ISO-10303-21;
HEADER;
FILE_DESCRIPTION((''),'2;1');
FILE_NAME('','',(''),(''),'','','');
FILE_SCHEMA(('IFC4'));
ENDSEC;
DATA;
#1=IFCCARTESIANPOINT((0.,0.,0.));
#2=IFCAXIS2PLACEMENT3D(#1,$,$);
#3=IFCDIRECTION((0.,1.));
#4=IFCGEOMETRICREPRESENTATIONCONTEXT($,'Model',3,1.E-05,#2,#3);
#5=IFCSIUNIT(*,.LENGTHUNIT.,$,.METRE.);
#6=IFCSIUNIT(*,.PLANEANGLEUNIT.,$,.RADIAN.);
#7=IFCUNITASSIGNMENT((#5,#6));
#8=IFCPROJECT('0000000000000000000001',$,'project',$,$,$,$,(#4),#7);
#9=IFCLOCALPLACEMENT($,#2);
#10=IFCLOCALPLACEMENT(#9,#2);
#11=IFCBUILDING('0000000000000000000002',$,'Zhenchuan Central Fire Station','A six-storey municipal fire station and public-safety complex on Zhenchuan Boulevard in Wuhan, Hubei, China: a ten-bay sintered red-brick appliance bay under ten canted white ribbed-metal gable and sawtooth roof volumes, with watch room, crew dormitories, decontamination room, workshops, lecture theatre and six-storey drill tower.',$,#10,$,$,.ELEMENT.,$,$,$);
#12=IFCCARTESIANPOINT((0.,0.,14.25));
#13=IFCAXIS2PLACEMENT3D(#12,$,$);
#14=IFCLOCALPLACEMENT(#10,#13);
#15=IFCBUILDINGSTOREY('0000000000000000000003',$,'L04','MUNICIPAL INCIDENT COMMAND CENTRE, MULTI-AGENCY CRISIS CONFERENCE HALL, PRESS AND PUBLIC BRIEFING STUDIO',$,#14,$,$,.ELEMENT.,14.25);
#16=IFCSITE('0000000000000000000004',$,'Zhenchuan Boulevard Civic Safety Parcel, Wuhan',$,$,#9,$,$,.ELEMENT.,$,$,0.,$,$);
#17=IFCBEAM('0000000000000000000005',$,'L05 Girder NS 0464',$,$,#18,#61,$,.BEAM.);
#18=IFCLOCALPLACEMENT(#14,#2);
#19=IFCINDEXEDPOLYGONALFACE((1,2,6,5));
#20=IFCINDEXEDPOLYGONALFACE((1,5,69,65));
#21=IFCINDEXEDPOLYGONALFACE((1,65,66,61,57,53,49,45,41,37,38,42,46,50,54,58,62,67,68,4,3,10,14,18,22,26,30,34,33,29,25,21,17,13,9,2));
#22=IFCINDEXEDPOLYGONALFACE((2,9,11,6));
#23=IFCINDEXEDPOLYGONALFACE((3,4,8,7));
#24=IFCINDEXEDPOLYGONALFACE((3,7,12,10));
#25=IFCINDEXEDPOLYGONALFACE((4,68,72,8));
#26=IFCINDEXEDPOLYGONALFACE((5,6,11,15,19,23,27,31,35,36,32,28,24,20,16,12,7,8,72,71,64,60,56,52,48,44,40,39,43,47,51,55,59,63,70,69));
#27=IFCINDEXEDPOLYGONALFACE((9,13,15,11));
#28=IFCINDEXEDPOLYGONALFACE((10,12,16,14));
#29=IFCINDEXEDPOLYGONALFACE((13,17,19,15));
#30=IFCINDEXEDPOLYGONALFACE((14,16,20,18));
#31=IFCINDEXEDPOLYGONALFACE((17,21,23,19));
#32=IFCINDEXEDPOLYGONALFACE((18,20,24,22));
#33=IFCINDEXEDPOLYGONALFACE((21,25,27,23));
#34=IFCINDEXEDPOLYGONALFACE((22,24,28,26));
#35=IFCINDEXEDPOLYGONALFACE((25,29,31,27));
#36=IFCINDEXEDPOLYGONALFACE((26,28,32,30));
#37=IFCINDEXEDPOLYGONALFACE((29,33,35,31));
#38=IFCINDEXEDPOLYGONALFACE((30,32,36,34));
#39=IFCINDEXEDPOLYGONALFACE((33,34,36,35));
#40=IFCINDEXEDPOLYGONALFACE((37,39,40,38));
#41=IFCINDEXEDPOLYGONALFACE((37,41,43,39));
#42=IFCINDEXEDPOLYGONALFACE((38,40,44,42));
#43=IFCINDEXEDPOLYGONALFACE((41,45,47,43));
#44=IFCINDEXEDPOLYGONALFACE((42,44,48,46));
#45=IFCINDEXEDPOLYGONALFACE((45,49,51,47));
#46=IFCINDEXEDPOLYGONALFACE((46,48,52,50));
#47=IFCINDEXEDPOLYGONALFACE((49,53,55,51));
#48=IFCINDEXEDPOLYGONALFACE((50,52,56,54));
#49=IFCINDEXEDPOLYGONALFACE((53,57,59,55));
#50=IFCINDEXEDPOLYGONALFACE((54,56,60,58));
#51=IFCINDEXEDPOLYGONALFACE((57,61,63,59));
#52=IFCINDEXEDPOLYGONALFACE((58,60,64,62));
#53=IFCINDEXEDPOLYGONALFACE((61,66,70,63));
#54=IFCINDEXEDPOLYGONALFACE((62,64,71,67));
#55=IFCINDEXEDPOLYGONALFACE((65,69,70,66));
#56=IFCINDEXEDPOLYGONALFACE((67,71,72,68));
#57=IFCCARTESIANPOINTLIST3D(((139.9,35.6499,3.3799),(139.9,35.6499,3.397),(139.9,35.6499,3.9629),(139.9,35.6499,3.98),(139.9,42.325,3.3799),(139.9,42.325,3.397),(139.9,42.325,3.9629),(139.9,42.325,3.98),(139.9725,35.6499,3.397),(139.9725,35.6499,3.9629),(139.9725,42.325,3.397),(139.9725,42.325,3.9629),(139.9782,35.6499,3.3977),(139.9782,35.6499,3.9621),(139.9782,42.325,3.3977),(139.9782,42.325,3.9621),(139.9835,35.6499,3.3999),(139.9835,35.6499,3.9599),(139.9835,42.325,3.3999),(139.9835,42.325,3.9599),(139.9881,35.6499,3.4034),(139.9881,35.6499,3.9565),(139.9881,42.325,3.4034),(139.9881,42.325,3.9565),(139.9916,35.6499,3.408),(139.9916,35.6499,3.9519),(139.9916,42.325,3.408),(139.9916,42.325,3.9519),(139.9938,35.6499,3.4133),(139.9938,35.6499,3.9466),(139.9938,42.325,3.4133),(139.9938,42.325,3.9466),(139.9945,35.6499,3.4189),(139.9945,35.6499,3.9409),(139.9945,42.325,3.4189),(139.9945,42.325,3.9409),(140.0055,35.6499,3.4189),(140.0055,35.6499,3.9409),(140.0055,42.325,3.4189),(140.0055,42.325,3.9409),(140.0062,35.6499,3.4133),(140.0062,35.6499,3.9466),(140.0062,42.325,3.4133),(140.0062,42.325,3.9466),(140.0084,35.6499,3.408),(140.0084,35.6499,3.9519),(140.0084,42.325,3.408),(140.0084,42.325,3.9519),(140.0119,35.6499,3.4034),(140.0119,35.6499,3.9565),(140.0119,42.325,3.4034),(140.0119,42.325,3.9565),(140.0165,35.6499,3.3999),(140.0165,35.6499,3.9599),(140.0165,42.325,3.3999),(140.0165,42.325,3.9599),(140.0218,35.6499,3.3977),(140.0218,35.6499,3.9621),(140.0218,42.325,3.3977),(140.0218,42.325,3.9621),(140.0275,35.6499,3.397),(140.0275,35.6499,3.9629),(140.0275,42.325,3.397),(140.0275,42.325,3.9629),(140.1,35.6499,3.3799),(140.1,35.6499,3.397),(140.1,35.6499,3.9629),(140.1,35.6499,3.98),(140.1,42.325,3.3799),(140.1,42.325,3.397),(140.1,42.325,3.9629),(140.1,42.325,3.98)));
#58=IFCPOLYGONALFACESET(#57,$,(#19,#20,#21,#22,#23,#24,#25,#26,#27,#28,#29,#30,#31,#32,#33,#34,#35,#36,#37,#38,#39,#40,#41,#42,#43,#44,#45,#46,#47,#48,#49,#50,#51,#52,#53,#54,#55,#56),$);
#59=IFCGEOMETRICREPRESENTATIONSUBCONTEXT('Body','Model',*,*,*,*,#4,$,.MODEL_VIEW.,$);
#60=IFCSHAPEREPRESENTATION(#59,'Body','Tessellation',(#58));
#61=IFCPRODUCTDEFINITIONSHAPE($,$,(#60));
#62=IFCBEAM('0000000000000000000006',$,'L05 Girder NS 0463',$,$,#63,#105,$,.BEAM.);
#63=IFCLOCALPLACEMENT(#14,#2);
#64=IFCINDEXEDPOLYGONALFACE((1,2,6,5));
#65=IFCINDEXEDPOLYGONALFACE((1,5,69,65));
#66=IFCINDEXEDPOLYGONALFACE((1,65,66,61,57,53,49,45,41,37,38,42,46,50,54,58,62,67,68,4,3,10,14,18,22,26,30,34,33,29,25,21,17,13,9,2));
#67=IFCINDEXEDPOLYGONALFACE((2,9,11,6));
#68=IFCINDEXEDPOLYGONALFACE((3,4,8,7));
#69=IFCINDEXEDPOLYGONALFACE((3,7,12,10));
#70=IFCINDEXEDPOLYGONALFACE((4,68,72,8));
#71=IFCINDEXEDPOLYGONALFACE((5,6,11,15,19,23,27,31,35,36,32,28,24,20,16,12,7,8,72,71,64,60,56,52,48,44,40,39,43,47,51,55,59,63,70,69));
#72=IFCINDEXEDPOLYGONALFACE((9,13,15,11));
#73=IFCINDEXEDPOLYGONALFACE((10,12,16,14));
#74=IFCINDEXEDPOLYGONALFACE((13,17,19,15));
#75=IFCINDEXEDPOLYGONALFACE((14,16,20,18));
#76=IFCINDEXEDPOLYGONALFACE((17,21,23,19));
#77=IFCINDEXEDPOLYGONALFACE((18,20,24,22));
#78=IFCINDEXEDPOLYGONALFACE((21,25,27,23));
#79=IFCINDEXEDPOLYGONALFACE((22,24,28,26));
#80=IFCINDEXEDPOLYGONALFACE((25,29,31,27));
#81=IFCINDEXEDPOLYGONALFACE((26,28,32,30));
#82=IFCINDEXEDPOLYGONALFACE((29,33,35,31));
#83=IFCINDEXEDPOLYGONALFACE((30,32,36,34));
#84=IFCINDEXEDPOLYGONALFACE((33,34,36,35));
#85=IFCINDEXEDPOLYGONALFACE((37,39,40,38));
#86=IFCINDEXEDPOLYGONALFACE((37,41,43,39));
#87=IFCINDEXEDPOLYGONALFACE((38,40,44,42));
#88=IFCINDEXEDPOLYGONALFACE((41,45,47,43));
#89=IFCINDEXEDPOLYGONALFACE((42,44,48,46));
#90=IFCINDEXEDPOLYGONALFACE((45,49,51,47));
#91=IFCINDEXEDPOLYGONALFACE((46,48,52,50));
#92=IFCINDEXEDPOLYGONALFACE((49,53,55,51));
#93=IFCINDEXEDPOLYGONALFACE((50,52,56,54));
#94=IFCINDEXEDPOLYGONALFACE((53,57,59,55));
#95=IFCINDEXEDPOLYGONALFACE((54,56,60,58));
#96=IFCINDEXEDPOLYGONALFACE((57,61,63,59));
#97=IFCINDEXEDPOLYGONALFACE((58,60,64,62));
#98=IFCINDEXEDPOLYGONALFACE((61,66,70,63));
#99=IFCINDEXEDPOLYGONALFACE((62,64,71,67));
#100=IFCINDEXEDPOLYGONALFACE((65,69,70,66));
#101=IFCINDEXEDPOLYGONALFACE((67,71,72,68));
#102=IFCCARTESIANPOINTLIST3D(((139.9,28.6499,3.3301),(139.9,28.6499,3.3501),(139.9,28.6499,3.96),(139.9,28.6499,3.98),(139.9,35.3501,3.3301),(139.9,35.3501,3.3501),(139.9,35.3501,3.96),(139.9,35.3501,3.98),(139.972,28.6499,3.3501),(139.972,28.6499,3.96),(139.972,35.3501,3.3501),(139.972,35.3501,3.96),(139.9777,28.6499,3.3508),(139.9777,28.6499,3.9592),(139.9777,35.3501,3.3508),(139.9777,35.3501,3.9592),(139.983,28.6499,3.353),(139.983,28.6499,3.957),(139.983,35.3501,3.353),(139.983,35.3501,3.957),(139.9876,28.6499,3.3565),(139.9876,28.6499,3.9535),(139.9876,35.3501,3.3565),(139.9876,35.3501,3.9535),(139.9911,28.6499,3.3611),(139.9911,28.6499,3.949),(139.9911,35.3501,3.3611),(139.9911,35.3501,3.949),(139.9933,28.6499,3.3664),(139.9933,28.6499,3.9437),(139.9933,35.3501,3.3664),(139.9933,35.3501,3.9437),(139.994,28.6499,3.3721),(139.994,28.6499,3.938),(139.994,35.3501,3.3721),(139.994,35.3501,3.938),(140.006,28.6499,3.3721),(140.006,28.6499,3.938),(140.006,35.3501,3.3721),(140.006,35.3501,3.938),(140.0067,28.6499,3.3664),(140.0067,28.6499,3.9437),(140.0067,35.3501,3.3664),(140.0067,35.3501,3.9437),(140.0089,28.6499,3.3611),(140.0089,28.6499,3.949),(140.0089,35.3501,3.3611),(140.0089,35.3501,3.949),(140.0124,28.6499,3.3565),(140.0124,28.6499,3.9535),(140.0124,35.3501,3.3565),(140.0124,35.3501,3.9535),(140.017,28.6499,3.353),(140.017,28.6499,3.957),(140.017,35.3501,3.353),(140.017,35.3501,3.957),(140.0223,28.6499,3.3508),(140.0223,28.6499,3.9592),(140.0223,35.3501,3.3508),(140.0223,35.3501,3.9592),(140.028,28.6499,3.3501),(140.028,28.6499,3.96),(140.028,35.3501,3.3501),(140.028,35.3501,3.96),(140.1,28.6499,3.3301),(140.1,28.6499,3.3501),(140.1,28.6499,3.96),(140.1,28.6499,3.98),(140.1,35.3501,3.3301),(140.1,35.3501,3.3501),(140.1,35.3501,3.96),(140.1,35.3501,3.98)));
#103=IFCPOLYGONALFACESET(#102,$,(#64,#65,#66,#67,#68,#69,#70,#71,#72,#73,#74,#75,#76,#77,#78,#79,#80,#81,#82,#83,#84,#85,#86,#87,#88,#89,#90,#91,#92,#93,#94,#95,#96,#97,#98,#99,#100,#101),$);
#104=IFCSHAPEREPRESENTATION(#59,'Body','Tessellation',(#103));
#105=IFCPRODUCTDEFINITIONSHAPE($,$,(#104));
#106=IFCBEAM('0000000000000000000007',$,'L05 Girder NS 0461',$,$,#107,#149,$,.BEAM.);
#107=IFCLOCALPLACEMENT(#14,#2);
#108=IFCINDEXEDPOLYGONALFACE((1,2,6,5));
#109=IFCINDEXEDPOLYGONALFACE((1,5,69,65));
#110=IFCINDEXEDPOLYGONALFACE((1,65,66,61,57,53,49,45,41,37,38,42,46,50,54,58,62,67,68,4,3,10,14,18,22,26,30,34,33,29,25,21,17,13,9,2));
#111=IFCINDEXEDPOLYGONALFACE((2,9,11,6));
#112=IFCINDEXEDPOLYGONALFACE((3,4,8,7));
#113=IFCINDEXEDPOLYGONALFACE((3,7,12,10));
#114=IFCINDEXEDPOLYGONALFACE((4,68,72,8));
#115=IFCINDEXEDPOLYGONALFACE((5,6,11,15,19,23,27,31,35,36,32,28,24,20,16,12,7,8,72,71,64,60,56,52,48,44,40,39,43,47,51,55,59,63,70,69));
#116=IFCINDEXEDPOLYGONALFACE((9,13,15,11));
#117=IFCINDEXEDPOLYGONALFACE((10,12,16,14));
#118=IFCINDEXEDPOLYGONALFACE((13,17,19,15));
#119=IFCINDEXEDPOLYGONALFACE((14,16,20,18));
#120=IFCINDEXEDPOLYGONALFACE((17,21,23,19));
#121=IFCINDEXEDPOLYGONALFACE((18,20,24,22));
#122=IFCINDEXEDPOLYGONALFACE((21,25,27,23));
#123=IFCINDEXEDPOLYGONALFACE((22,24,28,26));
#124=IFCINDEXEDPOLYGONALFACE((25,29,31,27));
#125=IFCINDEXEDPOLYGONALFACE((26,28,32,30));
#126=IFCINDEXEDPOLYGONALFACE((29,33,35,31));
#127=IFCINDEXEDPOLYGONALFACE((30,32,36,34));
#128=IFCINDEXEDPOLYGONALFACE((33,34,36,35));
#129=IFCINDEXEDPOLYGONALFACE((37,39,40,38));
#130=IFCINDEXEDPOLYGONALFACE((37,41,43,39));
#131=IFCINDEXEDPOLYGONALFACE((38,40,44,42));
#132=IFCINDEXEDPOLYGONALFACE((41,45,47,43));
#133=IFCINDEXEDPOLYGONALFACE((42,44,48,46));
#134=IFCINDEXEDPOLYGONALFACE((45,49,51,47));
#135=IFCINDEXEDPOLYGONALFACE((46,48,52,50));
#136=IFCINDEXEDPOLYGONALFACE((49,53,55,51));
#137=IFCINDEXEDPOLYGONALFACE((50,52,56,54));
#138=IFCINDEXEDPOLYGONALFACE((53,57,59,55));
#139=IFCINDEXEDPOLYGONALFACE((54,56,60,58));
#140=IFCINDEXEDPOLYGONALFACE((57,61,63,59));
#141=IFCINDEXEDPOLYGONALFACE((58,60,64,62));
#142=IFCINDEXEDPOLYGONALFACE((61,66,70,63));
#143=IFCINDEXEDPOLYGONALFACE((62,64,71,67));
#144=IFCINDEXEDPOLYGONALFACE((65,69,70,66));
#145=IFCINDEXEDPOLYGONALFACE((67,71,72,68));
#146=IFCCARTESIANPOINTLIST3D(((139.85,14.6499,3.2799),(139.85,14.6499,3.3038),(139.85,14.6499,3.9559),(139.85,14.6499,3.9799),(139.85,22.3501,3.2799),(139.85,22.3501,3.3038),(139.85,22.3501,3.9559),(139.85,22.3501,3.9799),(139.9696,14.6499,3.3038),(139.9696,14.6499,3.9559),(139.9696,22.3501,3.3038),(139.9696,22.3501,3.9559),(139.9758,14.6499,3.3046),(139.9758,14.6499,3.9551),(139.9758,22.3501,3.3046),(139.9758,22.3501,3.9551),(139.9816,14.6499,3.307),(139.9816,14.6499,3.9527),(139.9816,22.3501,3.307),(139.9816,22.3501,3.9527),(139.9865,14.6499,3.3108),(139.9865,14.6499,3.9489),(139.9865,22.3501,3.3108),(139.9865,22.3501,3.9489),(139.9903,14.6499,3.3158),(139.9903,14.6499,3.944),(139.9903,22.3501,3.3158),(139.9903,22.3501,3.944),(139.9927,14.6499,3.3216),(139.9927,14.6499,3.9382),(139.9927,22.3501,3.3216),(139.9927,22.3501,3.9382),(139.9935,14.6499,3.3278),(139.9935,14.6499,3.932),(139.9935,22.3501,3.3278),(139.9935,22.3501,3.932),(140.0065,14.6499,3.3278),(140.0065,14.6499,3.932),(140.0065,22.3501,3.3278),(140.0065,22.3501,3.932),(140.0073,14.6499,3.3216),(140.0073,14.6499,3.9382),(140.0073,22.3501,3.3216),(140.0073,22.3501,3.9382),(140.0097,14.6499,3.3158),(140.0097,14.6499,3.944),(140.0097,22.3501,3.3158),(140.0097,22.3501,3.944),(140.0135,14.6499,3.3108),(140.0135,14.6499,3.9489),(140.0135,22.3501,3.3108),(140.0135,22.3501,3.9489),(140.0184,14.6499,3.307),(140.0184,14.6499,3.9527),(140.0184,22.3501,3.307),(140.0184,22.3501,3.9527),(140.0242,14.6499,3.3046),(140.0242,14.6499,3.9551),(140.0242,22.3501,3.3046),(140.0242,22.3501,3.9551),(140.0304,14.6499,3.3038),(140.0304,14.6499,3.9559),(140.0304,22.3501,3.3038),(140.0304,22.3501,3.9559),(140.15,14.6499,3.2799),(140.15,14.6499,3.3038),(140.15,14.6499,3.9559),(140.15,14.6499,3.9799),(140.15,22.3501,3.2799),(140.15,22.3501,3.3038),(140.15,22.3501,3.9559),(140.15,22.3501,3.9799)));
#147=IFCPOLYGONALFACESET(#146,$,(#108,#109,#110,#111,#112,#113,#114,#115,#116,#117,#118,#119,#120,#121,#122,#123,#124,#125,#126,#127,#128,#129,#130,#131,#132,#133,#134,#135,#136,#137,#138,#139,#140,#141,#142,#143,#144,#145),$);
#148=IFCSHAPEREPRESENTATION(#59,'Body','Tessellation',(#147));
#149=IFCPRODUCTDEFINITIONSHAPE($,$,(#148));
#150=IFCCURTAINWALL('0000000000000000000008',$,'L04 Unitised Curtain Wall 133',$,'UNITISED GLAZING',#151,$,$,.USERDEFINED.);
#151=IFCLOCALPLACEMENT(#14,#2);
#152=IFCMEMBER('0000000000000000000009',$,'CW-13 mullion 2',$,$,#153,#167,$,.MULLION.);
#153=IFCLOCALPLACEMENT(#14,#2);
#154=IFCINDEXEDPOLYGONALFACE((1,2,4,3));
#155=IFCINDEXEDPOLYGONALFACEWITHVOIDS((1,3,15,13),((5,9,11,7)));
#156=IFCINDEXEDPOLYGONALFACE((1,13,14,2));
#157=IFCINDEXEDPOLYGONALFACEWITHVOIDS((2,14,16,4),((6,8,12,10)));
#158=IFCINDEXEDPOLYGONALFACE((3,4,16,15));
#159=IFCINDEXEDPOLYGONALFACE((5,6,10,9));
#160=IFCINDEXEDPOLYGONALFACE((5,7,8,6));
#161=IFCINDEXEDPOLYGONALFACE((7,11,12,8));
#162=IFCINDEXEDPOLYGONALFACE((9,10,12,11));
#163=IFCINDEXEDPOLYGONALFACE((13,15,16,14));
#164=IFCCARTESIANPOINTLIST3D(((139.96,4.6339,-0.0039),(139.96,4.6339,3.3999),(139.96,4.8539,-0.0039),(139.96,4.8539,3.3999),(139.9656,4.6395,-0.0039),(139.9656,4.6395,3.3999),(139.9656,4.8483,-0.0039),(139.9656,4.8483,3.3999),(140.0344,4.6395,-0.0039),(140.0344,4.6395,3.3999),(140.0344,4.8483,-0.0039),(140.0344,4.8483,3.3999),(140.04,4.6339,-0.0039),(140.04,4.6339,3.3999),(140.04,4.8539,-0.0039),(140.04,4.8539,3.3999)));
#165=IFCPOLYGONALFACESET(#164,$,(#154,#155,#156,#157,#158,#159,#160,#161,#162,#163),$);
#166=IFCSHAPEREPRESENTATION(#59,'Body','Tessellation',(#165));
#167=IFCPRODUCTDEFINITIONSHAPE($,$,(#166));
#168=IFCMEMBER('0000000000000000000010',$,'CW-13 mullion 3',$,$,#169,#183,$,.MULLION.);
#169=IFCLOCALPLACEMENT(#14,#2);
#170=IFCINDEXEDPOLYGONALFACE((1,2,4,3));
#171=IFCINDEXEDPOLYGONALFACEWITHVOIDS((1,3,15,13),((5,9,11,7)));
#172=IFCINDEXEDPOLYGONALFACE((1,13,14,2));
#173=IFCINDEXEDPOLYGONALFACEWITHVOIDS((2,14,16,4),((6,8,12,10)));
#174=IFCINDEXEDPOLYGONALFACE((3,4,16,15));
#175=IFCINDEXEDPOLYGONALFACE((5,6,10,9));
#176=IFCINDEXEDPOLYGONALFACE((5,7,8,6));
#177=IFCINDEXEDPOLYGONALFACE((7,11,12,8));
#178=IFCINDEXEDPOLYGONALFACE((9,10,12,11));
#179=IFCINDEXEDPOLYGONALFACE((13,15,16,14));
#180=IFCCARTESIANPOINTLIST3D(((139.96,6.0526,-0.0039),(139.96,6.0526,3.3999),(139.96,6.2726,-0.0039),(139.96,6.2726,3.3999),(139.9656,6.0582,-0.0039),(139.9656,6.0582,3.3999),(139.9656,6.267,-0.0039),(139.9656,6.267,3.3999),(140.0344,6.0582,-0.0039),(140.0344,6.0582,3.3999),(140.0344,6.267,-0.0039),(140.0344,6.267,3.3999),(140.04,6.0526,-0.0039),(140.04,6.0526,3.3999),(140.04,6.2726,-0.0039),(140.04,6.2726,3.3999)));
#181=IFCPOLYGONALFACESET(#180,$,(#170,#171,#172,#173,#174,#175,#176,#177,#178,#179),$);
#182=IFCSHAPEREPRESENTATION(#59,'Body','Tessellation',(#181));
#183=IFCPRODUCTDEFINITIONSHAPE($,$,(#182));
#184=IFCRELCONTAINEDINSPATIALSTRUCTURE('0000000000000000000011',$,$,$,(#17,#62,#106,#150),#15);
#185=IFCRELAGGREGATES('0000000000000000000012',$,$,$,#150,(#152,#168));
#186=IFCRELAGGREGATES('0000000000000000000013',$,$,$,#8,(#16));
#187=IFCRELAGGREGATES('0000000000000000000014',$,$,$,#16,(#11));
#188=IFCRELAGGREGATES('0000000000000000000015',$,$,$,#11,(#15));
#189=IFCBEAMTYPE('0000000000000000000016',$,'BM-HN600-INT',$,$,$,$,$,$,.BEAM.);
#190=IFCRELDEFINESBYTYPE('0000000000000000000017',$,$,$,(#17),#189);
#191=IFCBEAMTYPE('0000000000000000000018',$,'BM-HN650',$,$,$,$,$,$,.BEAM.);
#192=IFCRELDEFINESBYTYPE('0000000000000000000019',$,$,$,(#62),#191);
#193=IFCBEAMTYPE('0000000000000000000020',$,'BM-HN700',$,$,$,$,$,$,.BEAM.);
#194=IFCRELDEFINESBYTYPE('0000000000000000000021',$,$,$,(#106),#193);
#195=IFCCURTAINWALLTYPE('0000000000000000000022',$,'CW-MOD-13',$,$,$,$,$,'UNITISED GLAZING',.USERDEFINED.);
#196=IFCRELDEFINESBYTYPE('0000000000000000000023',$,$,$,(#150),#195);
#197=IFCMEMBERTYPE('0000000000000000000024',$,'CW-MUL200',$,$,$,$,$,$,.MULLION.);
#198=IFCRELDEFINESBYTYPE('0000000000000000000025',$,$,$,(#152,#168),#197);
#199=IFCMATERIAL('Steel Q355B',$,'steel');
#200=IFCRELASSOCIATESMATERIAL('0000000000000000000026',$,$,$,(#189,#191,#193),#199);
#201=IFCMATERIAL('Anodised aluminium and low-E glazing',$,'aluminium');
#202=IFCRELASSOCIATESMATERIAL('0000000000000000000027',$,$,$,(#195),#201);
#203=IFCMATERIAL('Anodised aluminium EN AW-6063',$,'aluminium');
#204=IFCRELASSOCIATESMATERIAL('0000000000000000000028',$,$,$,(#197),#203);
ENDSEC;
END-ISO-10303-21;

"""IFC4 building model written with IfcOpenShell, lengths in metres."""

from ifc_helpers import new_model, si_unit, direction, frame, origin, origin_2d, place, context, subcontext, project, spatial, hollow_rectangle, i_section, extrude, material, material_profile, profile_set, type_object, element, aggregate, save


model = new_model("IFC4")

# Units and contexts
model_context = context("Model", 3, precision=1e-05, world=origin(), true_north=direction((0.0, 1.0)))
body_context = subcontext(model_context, "Body", "Model", "MODEL_VIEW")
ifc_project = project(units=[si_unit("LENGTHUNIT", "METRE"), si_unit("PLANEANGLEUNIT", "RADIAN")], contexts=[model_context])

# Site, building, storey
site_placement = place(None, origin())
site = spatial("IfcSite", under=ifc_project, at=site_placement, Name="Zhenchuan Boulevard Civic Safety Parcel, Wuhan", CompositionType="ELEMENT", RefElevation=0.0)
building_placement = place(site_placement, origin())
building = spatial("IfcBuilding", under=site, at=building_placement, Name="Zhenchuan Central Fire Station", Description="A six-storey municipal fire station and public-safety complex on Zhenchuan Boulevard in Wuhan, Hubei, China: a ten-bay sintered red-brick appliance bay under ten canted white ribbed-metal gable and sawtooth roof volumes, with watch room, crew dormitories, decontamination room, workshops, lecture theatre and six-storey drill tower.", CompositionType="ELEMENT")
storey_placement = place(building_placement, frame((0.0, 0.0, 14.25)))
storey = spatial("IfcBuildingStorey", under=building, at=storey_placement, Name="L04", Description="MUNICIPAL INCIDENT COMMAND CENTRE, MULTI-AGENCY CRISIS CONFERENCE HALL, PRESS AND PUBLIC BRIEFING STUDIO", CompositionType="ELEMENT", Elevation=14.25)

# Shared definitions
ifc_material_1 = material(Name="Steel Q355B", Category="steel")

# Beams
ifc_material_profile_1 = material_profile(ifc_material_1, i_section(OverallWidth=0.2, OverallDepth=0.6001, WebThickness=0.011, FlangeThickness=0.0171, FilletRadius=0.022, at=origin_2d()), Name="HN 600x200")
ifc_profile_set_1 = profile_set([ifc_material_profile_1], Name="Steel Q355B")
beam_type_1 = type_object("IfcBeamType", Name="BM-HN600-INT", PredefinedType="BEAM", material=ifc_profile_set_1)
beam_1_placement = place(storey_placement, frame((140.0, 35.6499, 3.6799), z_axis=(0.0, 1.0, 0.0), x_axis=(-1.0, 0.0, 0.0)))
element("IfcBeam", 1, at=beam_1_placement, inside=storey, type_object=beam_type_1, Name="L05 Girder NS 0464", PredefinedType="BEAM", context=body_context, shape_type="SweptSolid", body=[
    extrude(i_section(OverallWidth=0.2, OverallDepth=0.6001, WebThickness=0.011, FlangeThickness=0.0171, FilletRadius=0.022, at=origin_2d()), origin(), (0.0, 0.0, 1.0), 6.675),
])
ifc_material_profile_2 = material_profile(ifc_material_1, i_section(OverallWidth=0.2, OverallDepth=0.6499, WebThickness=0.012, FlangeThickness=0.02, FilletRadius=0.022, at=origin_2d()), Name="HN 650x200")
ifc_profile_set_2 = profile_set([ifc_material_profile_2], Name="Steel Q355B")
beam_type_2 = type_object("IfcBeamType", Name="BM-HN650", PredefinedType="BEAM", material=ifc_profile_set_2)
beam_2_placement = place(storey_placement, frame((140.0, 28.6499, 3.655), z_axis=(0.0, 1.0, 0.0), x_axis=(-1.0, 0.0, 0.0)))
element("IfcBeam", 2, at=beam_2_placement, inside=storey, type_object=beam_type_2, Name="L05 Girder NS 0463", PredefinedType="BEAM", context=body_context, shape_type="SweptSolid", body=[
    extrude(i_section(OverallWidth=0.2, OverallDepth=0.6499, WebThickness=0.012, FlangeThickness=0.02, FilletRadius=0.022, at=origin_2d()), origin(), (0.0, 0.0, 1.0), 6.7002),
])
ifc_material_profile_3 = material_profile(ifc_material_1, i_section(OverallWidth=0.3, OverallDepth=0.7, WebThickness=0.0129, FlangeThickness=0.0239, FilletRadius=0.0239, at=origin_2d()), Name="HN 700x300")
ifc_profile_set_3 = profile_set([ifc_material_profile_3], Name="Steel Q355B")
beam_type_3 = type_object("IfcBeamType", Name="BM-HN700", PredefinedType="BEAM", material=ifc_profile_set_3)
beam_3_placement = place(storey_placement, frame((140.0, 14.6499, 3.6299), z_axis=(0.0, 1.0, 0.0), x_axis=(-1.0, 0.0, 0.0)))
element("IfcBeam", 3, at=beam_3_placement, inside=storey, type_object=beam_type_3, Name="L05 Girder NS 0461", PredefinedType="BEAM", context=body_context, shape_type="SweptSolid", body=[
    extrude(i_section(OverallWidth=0.3, OverallDepth=0.7, WebThickness=0.0129, FlangeThickness=0.0239, FilletRadius=0.0239, at=origin_2d()), origin(), (0.0, 0.0, 1.0), 7.7002),
])

# Curtain wall, members
ifc_material_2 = material(Name="Anodised aluminium and low-E glazing", Category="aluminium")
curtain_wall_type = type_object("IfcCurtainWallType", Name="CW-MOD-13", ElementType="UNITISED GLAZING", PredefinedType="USERDEFINED", material=ifc_material_2)
curtain_wall_1_placement = place(storey_placement, origin())
curtain_wall_1 = element("IfcCurtainWall", 4, at=curtain_wall_1_placement, inside=storey, type_object=curtain_wall_type, Name="L04 Unitised Curtain Wall 133", ObjectType="UNITISED GLAZING", PredefinedType="USERDEFINED")
ifc_material_3 = material(Name="Anodised aluminium EN AW-6063", Category="aluminium")
ifc_material_profile_4 = material_profile(ifc_material_3, hollow_rectangle(XDim=0.0801, YDim=0.22, WallThickness=0.0056, at=origin_2d()), Name="ALU-M 220x80")
ifc_profile_set_4 = profile_set([ifc_material_profile_4], Name="Anodised aluminium EN AW-6063")
member_type_1 = type_object("IfcMemberType", Name="CW-MUL200", PredefinedType="MULLION", material=ifc_profile_set_4)
member_1_placement = place(storey_placement, frame((140.0, 4.7439, -0.0039), z_axis=(0.0, 0.0, 1.0), x_axis=(-1.0, 0.0, 0.0)))
member_1 = element("IfcMember", 5, at=member_1_placement, type_object=member_type_1, Name="CW-13 mullion 2", PredefinedType="MULLION", context=body_context, shape_type="SweptSolid", body=[
    extrude(hollow_rectangle(XDim=0.0801, YDim=0.22, WallThickness=0.0056, at=origin_2d()), origin(), (0.0, 0.0, 1.0), 3.4038),
])
member_2_placement = place(storey_placement, frame((140.0, 6.1626, -0.0039), z_axis=(0.0, 0.0, 1.0), x_axis=(-1.0, 0.0, 0.0)))
member_2 = element("IfcMember", 6, at=member_2_placement, type_object=member_type_1, Name="CW-13 mullion 3", PredefinedType="MULLION", context=body_context, shape_type="SweptSolid", body=[
    extrude(hollow_rectangle(XDim=0.0801, YDim=0.22, WallThickness=0.0056, at=origin_2d()), origin(), (0.0, 0.0, 1.0), 3.4038),
])

aggregate(curtain_wall_1, [member_1, member_2])

save(model, "model.ifc")
